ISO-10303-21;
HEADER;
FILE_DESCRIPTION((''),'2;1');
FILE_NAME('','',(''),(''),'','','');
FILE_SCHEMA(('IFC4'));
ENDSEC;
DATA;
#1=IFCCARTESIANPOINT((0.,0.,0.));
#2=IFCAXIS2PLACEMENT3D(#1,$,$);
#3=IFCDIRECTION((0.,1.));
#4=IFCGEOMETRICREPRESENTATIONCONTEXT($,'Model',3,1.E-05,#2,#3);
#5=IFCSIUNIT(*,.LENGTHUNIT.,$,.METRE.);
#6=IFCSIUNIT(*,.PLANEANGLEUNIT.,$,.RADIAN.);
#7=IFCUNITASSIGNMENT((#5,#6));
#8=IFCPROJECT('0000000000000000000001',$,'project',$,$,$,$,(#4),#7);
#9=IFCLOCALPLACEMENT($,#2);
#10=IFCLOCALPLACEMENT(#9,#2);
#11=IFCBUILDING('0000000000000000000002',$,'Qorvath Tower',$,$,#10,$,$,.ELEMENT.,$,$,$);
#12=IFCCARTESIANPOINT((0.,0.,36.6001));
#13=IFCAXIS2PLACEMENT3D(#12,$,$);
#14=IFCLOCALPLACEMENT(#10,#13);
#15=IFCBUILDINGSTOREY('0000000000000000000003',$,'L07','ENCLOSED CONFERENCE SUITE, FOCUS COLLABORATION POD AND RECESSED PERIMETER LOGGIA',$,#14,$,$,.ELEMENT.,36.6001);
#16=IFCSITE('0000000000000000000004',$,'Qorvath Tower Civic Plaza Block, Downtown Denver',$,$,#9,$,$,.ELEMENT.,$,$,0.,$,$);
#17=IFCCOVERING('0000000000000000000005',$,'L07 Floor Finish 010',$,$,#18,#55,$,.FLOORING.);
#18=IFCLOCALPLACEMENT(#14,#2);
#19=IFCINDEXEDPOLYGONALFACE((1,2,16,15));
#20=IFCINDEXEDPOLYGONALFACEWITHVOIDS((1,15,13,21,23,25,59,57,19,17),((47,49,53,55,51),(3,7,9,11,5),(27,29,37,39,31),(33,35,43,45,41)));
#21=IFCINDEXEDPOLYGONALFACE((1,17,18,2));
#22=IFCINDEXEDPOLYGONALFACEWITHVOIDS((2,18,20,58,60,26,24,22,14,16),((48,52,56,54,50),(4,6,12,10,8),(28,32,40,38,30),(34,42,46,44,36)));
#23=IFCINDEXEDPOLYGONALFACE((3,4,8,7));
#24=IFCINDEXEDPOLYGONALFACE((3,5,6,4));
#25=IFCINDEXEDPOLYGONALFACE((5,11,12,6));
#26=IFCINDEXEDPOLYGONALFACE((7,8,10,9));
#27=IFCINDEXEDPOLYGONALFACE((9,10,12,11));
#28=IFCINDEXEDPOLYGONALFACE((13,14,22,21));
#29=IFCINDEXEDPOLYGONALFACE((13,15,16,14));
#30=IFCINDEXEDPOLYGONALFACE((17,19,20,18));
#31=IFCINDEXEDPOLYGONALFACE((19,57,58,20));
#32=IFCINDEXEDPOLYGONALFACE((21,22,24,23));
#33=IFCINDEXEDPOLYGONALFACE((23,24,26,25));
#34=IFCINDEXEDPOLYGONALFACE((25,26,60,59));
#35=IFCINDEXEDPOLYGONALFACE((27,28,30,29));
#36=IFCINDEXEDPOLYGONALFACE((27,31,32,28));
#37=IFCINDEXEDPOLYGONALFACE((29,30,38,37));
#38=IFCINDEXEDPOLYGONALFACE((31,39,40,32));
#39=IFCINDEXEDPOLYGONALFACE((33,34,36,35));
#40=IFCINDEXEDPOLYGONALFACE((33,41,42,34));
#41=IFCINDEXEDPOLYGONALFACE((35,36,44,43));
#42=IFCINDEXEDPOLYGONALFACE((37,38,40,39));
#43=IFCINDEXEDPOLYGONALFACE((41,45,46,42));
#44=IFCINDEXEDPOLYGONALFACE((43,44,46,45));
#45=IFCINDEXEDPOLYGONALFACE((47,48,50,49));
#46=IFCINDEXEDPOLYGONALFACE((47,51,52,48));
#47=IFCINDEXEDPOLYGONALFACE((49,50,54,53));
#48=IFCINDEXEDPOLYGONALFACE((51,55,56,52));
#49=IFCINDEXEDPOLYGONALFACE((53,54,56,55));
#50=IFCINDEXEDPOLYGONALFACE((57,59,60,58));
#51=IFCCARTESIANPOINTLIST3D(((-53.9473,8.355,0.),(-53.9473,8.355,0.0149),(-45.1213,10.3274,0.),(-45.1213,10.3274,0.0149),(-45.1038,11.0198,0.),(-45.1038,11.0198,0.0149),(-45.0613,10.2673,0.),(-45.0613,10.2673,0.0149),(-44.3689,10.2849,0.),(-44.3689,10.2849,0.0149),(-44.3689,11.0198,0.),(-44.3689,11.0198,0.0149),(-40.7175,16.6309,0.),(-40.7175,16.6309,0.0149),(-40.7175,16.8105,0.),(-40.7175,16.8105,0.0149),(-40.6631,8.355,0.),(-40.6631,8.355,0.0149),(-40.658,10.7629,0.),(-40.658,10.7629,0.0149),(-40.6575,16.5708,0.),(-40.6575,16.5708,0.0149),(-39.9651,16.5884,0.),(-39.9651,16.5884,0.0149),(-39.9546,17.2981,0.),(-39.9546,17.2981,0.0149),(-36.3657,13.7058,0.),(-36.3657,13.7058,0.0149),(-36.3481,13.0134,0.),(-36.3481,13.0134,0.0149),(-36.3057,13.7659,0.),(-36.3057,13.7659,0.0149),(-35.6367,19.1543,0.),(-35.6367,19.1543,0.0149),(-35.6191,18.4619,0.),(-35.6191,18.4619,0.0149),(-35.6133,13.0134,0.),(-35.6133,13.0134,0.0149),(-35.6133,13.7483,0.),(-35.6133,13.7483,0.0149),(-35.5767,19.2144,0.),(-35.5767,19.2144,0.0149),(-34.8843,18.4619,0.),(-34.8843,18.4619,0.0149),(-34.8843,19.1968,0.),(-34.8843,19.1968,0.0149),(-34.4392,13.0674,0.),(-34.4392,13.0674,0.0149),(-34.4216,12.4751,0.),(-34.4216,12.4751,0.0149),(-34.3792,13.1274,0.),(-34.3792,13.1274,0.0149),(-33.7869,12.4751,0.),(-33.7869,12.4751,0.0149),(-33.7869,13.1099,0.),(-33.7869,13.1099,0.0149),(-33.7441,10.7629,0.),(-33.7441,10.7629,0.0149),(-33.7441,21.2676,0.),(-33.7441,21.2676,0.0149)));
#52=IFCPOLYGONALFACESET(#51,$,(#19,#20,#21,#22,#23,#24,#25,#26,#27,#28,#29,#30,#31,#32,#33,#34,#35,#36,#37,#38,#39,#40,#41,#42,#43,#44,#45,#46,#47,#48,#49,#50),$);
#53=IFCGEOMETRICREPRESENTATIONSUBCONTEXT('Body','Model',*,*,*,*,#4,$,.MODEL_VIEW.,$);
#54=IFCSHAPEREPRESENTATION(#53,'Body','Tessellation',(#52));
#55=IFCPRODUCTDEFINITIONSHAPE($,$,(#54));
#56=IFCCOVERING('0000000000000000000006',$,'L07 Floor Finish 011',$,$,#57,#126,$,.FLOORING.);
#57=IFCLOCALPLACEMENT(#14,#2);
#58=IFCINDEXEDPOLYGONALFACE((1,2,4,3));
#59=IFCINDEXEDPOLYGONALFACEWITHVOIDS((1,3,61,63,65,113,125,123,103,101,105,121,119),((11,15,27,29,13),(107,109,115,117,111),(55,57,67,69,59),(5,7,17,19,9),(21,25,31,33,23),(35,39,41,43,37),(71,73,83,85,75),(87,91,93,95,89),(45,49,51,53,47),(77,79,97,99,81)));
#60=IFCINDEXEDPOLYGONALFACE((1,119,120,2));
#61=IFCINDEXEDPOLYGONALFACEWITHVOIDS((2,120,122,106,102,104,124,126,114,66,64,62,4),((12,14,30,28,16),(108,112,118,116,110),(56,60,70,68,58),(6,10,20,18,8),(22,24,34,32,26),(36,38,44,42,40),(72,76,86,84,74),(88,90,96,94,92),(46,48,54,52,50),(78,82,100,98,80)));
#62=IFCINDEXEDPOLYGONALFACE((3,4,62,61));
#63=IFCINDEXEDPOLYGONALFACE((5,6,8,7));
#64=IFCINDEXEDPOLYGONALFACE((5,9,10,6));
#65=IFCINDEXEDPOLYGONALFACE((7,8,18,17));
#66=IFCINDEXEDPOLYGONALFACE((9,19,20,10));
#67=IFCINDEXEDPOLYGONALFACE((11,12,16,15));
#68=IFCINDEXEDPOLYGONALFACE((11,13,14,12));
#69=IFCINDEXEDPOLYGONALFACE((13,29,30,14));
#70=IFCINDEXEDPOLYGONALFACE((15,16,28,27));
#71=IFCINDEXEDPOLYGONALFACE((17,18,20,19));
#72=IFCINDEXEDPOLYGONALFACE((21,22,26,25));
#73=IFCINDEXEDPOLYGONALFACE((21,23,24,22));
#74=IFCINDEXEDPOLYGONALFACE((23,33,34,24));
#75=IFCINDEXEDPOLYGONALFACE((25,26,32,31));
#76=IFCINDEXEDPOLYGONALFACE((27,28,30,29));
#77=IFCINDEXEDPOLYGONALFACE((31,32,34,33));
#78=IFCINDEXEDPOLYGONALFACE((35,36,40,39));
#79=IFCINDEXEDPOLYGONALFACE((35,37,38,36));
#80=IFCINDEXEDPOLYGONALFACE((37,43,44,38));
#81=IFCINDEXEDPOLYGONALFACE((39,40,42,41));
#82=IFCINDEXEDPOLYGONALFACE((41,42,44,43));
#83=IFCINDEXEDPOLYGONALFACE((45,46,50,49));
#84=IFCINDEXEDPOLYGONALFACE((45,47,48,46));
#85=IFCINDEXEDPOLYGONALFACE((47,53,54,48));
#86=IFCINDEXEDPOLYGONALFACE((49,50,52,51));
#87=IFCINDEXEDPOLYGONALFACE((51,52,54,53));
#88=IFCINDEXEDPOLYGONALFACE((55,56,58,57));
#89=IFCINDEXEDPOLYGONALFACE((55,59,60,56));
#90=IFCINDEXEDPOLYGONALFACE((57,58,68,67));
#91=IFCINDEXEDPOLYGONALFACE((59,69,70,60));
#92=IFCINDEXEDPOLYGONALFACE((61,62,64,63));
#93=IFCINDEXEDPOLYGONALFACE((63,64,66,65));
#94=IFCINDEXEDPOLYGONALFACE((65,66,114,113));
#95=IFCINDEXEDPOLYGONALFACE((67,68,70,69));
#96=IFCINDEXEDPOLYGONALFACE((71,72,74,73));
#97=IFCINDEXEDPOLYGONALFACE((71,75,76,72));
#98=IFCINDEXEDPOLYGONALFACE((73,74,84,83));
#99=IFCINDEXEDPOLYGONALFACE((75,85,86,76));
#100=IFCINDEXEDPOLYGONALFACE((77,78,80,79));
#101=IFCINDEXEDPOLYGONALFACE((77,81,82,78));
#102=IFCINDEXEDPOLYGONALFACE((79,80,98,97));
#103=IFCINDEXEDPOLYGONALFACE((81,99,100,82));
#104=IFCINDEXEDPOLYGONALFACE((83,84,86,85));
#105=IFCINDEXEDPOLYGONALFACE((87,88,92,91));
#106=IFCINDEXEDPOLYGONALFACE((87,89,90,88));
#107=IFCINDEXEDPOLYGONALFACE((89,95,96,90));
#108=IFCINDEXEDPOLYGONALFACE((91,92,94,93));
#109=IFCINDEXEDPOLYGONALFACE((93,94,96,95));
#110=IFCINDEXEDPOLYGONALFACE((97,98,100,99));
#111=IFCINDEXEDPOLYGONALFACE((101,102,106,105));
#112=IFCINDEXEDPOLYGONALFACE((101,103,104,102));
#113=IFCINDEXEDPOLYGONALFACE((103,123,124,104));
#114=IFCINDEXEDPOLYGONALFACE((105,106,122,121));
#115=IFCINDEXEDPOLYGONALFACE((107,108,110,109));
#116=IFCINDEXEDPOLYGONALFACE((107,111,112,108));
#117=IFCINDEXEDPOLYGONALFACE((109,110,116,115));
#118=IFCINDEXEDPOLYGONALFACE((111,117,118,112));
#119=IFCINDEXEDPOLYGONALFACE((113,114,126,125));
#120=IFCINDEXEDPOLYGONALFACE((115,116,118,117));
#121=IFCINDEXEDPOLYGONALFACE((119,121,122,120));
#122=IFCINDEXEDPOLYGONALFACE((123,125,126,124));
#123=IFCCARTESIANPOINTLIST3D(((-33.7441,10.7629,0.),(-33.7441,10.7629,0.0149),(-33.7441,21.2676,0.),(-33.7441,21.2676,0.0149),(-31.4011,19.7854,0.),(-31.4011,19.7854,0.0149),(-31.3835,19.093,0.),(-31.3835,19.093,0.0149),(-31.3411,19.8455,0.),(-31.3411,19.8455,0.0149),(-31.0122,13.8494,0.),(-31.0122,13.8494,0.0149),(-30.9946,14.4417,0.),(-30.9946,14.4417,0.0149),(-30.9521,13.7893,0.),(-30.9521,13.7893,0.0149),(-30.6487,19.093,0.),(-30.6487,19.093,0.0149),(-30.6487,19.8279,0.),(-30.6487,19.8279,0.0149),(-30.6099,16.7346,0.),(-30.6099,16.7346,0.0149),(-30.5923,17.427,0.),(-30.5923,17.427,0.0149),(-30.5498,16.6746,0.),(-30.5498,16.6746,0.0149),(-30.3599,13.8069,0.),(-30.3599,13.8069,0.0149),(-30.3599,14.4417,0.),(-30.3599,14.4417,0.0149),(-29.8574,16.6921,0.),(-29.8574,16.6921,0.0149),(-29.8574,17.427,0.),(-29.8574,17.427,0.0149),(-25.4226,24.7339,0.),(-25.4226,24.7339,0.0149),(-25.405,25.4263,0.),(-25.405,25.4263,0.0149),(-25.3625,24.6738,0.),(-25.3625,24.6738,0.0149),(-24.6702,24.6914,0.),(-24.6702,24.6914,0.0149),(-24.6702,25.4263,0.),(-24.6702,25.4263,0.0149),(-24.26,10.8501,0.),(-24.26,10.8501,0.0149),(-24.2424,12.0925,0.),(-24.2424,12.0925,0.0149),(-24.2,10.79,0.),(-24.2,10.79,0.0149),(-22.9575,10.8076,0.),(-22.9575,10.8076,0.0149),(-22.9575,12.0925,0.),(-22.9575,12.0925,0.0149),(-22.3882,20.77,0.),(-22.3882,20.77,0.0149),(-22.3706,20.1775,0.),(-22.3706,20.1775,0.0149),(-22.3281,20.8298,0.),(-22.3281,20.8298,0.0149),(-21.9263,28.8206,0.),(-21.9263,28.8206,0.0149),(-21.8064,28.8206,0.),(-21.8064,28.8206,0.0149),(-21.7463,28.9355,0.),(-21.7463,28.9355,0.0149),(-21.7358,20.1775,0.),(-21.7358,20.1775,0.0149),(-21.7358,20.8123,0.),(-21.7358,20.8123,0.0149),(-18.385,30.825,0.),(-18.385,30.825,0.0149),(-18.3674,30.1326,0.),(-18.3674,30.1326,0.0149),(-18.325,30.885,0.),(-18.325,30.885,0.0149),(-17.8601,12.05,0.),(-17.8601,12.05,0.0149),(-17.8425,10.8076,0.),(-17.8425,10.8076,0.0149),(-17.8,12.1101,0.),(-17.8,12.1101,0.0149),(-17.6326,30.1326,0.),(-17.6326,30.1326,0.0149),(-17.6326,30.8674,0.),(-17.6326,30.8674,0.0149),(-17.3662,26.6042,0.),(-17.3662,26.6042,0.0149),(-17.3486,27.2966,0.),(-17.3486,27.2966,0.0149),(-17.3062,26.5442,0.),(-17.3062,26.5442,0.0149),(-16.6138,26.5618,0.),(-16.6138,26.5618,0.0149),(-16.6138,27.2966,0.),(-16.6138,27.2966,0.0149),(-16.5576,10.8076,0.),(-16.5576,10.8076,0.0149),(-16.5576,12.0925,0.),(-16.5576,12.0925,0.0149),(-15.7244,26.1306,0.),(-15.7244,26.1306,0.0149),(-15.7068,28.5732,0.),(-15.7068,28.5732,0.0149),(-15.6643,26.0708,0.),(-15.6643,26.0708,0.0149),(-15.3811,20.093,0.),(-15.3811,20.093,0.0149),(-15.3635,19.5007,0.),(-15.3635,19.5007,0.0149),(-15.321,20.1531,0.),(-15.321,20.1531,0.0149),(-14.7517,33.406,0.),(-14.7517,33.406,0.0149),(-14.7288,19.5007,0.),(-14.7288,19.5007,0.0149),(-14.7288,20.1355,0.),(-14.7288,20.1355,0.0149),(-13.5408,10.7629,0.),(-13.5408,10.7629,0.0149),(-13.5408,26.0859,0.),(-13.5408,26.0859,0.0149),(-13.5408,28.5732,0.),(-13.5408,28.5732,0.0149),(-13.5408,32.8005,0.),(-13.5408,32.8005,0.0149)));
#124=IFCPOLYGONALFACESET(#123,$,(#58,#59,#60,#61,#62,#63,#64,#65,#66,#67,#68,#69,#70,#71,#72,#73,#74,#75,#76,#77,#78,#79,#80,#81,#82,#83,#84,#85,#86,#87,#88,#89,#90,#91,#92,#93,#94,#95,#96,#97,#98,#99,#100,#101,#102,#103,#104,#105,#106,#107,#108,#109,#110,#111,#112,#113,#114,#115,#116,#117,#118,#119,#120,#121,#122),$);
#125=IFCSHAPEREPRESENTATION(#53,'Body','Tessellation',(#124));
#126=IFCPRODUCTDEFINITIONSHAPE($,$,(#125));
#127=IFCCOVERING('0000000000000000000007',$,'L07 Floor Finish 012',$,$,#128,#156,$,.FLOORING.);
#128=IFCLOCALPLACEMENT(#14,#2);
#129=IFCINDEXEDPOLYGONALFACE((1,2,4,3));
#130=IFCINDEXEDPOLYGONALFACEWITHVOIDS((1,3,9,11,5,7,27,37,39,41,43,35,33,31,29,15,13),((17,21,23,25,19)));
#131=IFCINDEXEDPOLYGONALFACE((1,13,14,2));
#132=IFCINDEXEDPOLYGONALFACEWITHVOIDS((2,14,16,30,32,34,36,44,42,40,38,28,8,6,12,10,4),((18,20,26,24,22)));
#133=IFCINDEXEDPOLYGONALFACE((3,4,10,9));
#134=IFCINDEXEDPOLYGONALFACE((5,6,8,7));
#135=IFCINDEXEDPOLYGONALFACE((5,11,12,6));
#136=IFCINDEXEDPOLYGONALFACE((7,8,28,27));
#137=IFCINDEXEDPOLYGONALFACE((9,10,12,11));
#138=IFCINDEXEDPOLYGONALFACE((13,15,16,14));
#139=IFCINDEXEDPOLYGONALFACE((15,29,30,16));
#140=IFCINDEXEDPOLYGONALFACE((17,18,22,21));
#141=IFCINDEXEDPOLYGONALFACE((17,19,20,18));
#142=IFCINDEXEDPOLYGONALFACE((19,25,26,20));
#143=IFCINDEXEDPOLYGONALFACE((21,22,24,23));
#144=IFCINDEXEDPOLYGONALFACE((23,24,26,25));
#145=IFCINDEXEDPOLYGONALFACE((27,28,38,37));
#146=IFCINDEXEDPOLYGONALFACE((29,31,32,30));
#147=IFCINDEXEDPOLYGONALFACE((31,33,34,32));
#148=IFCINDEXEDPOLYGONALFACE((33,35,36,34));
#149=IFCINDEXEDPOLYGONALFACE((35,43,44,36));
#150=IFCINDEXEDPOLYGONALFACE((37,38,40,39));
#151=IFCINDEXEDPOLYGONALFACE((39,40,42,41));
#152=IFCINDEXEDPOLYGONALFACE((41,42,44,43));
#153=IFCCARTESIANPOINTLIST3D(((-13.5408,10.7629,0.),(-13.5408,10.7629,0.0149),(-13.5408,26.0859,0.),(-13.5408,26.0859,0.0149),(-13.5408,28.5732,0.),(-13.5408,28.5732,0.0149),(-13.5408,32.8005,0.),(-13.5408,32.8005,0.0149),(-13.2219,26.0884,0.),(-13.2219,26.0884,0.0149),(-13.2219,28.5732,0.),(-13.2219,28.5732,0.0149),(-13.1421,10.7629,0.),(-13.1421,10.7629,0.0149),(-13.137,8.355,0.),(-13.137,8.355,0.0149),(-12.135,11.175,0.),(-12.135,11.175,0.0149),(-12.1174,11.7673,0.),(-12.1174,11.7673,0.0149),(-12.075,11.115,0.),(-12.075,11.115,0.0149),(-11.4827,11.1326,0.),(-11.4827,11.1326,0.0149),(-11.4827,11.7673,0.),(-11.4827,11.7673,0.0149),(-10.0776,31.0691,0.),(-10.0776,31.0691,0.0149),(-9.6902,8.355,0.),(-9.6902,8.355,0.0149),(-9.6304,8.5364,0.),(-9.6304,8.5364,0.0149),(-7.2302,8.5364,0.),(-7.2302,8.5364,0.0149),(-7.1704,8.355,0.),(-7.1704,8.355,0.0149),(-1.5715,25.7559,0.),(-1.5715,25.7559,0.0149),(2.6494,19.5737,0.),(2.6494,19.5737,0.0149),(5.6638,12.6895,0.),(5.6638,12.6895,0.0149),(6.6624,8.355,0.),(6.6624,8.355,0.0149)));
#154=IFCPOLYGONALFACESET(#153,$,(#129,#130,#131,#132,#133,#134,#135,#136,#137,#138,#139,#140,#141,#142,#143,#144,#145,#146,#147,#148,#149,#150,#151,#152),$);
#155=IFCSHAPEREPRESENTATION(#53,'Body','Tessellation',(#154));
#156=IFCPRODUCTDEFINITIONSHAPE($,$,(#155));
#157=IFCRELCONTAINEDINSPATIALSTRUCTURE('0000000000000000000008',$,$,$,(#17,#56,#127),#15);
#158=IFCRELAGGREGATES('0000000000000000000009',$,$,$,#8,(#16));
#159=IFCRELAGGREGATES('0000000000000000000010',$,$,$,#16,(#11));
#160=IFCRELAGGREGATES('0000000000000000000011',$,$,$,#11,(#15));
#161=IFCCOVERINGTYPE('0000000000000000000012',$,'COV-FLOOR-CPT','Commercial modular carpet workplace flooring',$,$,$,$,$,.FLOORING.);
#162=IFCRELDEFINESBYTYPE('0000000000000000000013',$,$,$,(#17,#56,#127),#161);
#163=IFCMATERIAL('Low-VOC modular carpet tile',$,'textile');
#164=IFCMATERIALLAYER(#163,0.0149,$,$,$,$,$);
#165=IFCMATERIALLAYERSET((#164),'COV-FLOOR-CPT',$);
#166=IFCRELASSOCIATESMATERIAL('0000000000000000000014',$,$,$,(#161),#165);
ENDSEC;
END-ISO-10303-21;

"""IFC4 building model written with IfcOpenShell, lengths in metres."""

from ifc_helpers import new_model, si_unit, direction, frame, origin, place, context, subcontext, project, spatial, polyline, outline, extrude, material, layer, layer_set, type_object, element, save


model = new_model("IFC4")

# Units and contexts
model_context = context("Model", 3, precision=1e-05, world=origin(), true_north=direction((0.0, 1.0)))
body_context = subcontext(model_context, "Body", "Model", "MODEL_VIEW")
ifc_project = project(units=[si_unit("LENGTHUNIT", "METRE"), si_unit("PLANEANGLEUNIT", "RADIAN")], contexts=[model_context])

# Site, building, storey
site_placement = place(None, origin())
site = spatial("IfcSite", under=ifc_project, at=site_placement, Name="Qorvath Tower Civic Plaza Block, Downtown Denver", CompositionType="ELEMENT", RefElevation=0.0)
building_placement = place(site_placement, origin())
building = spatial("IfcBuilding", under=site, at=building_placement, Name="Qorvath Tower", CompositionType="ELEMENT")
storey_placement = place(building_placement, frame((0.0, 0.0, 36.6001)))
storey = spatial("IfcBuildingStorey", under=building, at=storey_placement, Name="L07", Description="ENCLOSED CONFERENCE SUITE, FOCUS COLLABORATION POD AND RECESSED PERIMETER LOGGIA", CompositionType="ELEMENT", Elevation=36.6001)

# Coverings
ifc_material_1 = material(Name="Low-VOC modular carpet tile", Category="textile")
ifc_layer_1 = layer(ifc_material_1, 0.0149)
ifc_layer_set_1 = layer_set([ifc_layer_1], Name="COV-FLOOR-CPT")
covering_type_1 = type_object("IfcCoveringType", Name="COV-FLOOR-CPT", Description="Commercial modular carpet workplace flooring", PredefinedType="FLOORING", material=ifc_layer_set_1)
covering_1_placement = place(storey_placement, origin())
element("IfcCovering", 1, at=covering_1_placement, inside=storey, type_object=covering_type_1, Name="L07 Floor Finish 010", PredefinedType="FLOORING", context=body_context, shape_type="SweptSolid", body=[
    extrude(outline(polyline([(-33.7441, 10.7629), (-33.7441, 21.2676), (-39.9546, 17.2981), (-39.9651, 16.5884), (-40.6575, 16.5708), (-40.7175, 16.6309), (-40.7175, 16.8105), (-53.9473, 8.355), (-40.6631, 8.355), (-40.658, 10.7629), (-33.7441, 10.7629)]), holes=[polyline([(-34.4392, 13.0674), (-34.3792, 13.1274), (-33.7869, 13.1099), (-33.7869, 12.4751), (-34.4216, 12.4751), (-34.4392, 13.0674)]), polyline([(-35.6367, 19.1543), (-35.5767, 19.2144), (-34.8843, 19.1968), (-34.8843, 18.4619), (-35.6191, 18.4619), (-35.6367, 19.1543)]), polyline([(-36.3657, 13.7058), (-36.3057, 13.7659), (-35.6133, 13.7483), (-35.6133, 13.0134), (-36.3481, 13.0134), (-36.3657, 13.7058)]), polyline([(-45.1213, 10.3274), (-45.1038, 11.0198), (-44.3689, 11.0198), (-44.3689, 10.2849), (-45.0613, 10.2673), (-45.1213, 10.3274)])]), origin(), (0.0, 0.0, 1.0), 0.0149),
])
covering_2_placement = place(storey_placement, origin())
element("IfcCovering", 2, at=covering_2_placement, inside=storey, type_object=covering_type_1, Name="L07 Floor Finish 011", PredefinedType="FLOORING", context=body_context, shape_type="SweptSolid", body=[
    extrude(outline(polyline([(-21.8064, 28.8206), (-21.9263, 28.8206), (-33.7441, 21.2676), (-33.7441, 10.7629), (-13.5408, 10.7629), (-13.5408, 26.0859), (-15.6643, 26.0708), (-15.7244, 26.1306), (-15.7068, 28.5732), (-13.5408, 28.5732), (-13.5408, 32.8005), (-14.7517, 33.406), (-21.7463, 28.9355), (-21.8064, 28.8206)]), holes=[polyline([(-15.3811, 20.093), (-15.321, 20.1531), (-14.7288, 20.1355), (-14.7288, 19.5007), (-15.3635, 19.5007), (-15.3811, 20.093)]), polyline([(-17.8601, 12.05), (-17.8, 12.1101), (-16.5576, 12.0925), (-16.5576, 10.8076), (-17.8425, 10.8076), (-17.8601, 12.05)]), polyline([(-17.3662, 26.6042), (-17.3486, 27.2966), (-16.6138, 27.2966), (-16.6138, 26.5618), (-17.3062, 26.5442), (-17.3662, 26.6042)]), polyline([(-18.385, 30.825), (-18.325, 30.885), (-17.6326, 30.8674), (-17.6326, 30.1326), (-18.3674, 30.1326), (-18.385, 30.825)]), polyline([(-22.3882, 20.77), (-22.3281, 20.8298), (-21.7358, 20.8123), (-21.7358, 20.1775), (-22.3706, 20.1775), (-22.3882, 20.77)]), polyline([(-24.26, 10.8501), (-24.2424, 12.0925), (-22.9575, 12.0925), (-22.9575, 10.8076), (-24.2, 10.79), (-24.26, 10.8501)]), polyline([(-25.4226, 24.7339), (-25.405, 25.4263), (-24.6702, 25.4263), (-24.6702, 24.6914), (-25.3625, 24.6738), (-25.4226, 24.7339)]), polyline([(-30.6099, 16.7346), (-30.5923, 17.427), (-29.8574, 17.427), (-29.8574, 16.6921), (-30.5498, 16.6746), (-30.6099, 16.7346)]), polyline([(-31.0122, 13.8494), (-30.9946, 14.4417), (-30.3599, 14.4417), (-30.3599, 13.8069), (-30.9521, 13.7893), (-31.0122, 13.8494)]), polyline([(-31.4011, 19.7854), (-31.3411, 19.8455), (-30.6487, 19.8279), (-30.6487, 19.093), (-31.3835, 19.093), (-31.4011, 19.7854)])]), origin(), (0.0, 0.0, 1.0), 0.0149),
])
covering_3_placement = place(storey_placement, origin())
element("IfcCovering", 3, at=covering_3_placement, inside=storey, type_object=covering_type_1, Name="L07 Floor Finish 012", PredefinedType="FLOORING", context=body_context, shape_type="SweptSolid", body=[
    extrude(outline(polyline([(-13.5408, 32.8005), (-13.5408, 28.5732), (-13.2219, 28.5732), (-13.2219, 26.0884), (-13.5408, 26.0859), (-13.5408, 10.7629), (-13.1421, 10.7629), (-13.137, 8.355), (-9.6902, 8.355), (-9.6304, 8.5364), (-7.2302, 8.5364), (-7.1704, 8.355), (6.6624, 8.355), (5.6638, 12.6895), (2.6494, 19.5737), (-1.5715, 25.7559), (-10.0776, 31.0691), (-13.5408, 32.8005)]), holes=[polyline([(-12.135, 11.175), (-12.1174, 11.7673), (-11.4827, 11.7673), (-11.4827, 11.1326), (-12.075, 11.115), (-12.135, 11.175)])]), origin(), (0.0, 0.0, 1.0), 0.0149),
])

save(model, "model.ifc")
